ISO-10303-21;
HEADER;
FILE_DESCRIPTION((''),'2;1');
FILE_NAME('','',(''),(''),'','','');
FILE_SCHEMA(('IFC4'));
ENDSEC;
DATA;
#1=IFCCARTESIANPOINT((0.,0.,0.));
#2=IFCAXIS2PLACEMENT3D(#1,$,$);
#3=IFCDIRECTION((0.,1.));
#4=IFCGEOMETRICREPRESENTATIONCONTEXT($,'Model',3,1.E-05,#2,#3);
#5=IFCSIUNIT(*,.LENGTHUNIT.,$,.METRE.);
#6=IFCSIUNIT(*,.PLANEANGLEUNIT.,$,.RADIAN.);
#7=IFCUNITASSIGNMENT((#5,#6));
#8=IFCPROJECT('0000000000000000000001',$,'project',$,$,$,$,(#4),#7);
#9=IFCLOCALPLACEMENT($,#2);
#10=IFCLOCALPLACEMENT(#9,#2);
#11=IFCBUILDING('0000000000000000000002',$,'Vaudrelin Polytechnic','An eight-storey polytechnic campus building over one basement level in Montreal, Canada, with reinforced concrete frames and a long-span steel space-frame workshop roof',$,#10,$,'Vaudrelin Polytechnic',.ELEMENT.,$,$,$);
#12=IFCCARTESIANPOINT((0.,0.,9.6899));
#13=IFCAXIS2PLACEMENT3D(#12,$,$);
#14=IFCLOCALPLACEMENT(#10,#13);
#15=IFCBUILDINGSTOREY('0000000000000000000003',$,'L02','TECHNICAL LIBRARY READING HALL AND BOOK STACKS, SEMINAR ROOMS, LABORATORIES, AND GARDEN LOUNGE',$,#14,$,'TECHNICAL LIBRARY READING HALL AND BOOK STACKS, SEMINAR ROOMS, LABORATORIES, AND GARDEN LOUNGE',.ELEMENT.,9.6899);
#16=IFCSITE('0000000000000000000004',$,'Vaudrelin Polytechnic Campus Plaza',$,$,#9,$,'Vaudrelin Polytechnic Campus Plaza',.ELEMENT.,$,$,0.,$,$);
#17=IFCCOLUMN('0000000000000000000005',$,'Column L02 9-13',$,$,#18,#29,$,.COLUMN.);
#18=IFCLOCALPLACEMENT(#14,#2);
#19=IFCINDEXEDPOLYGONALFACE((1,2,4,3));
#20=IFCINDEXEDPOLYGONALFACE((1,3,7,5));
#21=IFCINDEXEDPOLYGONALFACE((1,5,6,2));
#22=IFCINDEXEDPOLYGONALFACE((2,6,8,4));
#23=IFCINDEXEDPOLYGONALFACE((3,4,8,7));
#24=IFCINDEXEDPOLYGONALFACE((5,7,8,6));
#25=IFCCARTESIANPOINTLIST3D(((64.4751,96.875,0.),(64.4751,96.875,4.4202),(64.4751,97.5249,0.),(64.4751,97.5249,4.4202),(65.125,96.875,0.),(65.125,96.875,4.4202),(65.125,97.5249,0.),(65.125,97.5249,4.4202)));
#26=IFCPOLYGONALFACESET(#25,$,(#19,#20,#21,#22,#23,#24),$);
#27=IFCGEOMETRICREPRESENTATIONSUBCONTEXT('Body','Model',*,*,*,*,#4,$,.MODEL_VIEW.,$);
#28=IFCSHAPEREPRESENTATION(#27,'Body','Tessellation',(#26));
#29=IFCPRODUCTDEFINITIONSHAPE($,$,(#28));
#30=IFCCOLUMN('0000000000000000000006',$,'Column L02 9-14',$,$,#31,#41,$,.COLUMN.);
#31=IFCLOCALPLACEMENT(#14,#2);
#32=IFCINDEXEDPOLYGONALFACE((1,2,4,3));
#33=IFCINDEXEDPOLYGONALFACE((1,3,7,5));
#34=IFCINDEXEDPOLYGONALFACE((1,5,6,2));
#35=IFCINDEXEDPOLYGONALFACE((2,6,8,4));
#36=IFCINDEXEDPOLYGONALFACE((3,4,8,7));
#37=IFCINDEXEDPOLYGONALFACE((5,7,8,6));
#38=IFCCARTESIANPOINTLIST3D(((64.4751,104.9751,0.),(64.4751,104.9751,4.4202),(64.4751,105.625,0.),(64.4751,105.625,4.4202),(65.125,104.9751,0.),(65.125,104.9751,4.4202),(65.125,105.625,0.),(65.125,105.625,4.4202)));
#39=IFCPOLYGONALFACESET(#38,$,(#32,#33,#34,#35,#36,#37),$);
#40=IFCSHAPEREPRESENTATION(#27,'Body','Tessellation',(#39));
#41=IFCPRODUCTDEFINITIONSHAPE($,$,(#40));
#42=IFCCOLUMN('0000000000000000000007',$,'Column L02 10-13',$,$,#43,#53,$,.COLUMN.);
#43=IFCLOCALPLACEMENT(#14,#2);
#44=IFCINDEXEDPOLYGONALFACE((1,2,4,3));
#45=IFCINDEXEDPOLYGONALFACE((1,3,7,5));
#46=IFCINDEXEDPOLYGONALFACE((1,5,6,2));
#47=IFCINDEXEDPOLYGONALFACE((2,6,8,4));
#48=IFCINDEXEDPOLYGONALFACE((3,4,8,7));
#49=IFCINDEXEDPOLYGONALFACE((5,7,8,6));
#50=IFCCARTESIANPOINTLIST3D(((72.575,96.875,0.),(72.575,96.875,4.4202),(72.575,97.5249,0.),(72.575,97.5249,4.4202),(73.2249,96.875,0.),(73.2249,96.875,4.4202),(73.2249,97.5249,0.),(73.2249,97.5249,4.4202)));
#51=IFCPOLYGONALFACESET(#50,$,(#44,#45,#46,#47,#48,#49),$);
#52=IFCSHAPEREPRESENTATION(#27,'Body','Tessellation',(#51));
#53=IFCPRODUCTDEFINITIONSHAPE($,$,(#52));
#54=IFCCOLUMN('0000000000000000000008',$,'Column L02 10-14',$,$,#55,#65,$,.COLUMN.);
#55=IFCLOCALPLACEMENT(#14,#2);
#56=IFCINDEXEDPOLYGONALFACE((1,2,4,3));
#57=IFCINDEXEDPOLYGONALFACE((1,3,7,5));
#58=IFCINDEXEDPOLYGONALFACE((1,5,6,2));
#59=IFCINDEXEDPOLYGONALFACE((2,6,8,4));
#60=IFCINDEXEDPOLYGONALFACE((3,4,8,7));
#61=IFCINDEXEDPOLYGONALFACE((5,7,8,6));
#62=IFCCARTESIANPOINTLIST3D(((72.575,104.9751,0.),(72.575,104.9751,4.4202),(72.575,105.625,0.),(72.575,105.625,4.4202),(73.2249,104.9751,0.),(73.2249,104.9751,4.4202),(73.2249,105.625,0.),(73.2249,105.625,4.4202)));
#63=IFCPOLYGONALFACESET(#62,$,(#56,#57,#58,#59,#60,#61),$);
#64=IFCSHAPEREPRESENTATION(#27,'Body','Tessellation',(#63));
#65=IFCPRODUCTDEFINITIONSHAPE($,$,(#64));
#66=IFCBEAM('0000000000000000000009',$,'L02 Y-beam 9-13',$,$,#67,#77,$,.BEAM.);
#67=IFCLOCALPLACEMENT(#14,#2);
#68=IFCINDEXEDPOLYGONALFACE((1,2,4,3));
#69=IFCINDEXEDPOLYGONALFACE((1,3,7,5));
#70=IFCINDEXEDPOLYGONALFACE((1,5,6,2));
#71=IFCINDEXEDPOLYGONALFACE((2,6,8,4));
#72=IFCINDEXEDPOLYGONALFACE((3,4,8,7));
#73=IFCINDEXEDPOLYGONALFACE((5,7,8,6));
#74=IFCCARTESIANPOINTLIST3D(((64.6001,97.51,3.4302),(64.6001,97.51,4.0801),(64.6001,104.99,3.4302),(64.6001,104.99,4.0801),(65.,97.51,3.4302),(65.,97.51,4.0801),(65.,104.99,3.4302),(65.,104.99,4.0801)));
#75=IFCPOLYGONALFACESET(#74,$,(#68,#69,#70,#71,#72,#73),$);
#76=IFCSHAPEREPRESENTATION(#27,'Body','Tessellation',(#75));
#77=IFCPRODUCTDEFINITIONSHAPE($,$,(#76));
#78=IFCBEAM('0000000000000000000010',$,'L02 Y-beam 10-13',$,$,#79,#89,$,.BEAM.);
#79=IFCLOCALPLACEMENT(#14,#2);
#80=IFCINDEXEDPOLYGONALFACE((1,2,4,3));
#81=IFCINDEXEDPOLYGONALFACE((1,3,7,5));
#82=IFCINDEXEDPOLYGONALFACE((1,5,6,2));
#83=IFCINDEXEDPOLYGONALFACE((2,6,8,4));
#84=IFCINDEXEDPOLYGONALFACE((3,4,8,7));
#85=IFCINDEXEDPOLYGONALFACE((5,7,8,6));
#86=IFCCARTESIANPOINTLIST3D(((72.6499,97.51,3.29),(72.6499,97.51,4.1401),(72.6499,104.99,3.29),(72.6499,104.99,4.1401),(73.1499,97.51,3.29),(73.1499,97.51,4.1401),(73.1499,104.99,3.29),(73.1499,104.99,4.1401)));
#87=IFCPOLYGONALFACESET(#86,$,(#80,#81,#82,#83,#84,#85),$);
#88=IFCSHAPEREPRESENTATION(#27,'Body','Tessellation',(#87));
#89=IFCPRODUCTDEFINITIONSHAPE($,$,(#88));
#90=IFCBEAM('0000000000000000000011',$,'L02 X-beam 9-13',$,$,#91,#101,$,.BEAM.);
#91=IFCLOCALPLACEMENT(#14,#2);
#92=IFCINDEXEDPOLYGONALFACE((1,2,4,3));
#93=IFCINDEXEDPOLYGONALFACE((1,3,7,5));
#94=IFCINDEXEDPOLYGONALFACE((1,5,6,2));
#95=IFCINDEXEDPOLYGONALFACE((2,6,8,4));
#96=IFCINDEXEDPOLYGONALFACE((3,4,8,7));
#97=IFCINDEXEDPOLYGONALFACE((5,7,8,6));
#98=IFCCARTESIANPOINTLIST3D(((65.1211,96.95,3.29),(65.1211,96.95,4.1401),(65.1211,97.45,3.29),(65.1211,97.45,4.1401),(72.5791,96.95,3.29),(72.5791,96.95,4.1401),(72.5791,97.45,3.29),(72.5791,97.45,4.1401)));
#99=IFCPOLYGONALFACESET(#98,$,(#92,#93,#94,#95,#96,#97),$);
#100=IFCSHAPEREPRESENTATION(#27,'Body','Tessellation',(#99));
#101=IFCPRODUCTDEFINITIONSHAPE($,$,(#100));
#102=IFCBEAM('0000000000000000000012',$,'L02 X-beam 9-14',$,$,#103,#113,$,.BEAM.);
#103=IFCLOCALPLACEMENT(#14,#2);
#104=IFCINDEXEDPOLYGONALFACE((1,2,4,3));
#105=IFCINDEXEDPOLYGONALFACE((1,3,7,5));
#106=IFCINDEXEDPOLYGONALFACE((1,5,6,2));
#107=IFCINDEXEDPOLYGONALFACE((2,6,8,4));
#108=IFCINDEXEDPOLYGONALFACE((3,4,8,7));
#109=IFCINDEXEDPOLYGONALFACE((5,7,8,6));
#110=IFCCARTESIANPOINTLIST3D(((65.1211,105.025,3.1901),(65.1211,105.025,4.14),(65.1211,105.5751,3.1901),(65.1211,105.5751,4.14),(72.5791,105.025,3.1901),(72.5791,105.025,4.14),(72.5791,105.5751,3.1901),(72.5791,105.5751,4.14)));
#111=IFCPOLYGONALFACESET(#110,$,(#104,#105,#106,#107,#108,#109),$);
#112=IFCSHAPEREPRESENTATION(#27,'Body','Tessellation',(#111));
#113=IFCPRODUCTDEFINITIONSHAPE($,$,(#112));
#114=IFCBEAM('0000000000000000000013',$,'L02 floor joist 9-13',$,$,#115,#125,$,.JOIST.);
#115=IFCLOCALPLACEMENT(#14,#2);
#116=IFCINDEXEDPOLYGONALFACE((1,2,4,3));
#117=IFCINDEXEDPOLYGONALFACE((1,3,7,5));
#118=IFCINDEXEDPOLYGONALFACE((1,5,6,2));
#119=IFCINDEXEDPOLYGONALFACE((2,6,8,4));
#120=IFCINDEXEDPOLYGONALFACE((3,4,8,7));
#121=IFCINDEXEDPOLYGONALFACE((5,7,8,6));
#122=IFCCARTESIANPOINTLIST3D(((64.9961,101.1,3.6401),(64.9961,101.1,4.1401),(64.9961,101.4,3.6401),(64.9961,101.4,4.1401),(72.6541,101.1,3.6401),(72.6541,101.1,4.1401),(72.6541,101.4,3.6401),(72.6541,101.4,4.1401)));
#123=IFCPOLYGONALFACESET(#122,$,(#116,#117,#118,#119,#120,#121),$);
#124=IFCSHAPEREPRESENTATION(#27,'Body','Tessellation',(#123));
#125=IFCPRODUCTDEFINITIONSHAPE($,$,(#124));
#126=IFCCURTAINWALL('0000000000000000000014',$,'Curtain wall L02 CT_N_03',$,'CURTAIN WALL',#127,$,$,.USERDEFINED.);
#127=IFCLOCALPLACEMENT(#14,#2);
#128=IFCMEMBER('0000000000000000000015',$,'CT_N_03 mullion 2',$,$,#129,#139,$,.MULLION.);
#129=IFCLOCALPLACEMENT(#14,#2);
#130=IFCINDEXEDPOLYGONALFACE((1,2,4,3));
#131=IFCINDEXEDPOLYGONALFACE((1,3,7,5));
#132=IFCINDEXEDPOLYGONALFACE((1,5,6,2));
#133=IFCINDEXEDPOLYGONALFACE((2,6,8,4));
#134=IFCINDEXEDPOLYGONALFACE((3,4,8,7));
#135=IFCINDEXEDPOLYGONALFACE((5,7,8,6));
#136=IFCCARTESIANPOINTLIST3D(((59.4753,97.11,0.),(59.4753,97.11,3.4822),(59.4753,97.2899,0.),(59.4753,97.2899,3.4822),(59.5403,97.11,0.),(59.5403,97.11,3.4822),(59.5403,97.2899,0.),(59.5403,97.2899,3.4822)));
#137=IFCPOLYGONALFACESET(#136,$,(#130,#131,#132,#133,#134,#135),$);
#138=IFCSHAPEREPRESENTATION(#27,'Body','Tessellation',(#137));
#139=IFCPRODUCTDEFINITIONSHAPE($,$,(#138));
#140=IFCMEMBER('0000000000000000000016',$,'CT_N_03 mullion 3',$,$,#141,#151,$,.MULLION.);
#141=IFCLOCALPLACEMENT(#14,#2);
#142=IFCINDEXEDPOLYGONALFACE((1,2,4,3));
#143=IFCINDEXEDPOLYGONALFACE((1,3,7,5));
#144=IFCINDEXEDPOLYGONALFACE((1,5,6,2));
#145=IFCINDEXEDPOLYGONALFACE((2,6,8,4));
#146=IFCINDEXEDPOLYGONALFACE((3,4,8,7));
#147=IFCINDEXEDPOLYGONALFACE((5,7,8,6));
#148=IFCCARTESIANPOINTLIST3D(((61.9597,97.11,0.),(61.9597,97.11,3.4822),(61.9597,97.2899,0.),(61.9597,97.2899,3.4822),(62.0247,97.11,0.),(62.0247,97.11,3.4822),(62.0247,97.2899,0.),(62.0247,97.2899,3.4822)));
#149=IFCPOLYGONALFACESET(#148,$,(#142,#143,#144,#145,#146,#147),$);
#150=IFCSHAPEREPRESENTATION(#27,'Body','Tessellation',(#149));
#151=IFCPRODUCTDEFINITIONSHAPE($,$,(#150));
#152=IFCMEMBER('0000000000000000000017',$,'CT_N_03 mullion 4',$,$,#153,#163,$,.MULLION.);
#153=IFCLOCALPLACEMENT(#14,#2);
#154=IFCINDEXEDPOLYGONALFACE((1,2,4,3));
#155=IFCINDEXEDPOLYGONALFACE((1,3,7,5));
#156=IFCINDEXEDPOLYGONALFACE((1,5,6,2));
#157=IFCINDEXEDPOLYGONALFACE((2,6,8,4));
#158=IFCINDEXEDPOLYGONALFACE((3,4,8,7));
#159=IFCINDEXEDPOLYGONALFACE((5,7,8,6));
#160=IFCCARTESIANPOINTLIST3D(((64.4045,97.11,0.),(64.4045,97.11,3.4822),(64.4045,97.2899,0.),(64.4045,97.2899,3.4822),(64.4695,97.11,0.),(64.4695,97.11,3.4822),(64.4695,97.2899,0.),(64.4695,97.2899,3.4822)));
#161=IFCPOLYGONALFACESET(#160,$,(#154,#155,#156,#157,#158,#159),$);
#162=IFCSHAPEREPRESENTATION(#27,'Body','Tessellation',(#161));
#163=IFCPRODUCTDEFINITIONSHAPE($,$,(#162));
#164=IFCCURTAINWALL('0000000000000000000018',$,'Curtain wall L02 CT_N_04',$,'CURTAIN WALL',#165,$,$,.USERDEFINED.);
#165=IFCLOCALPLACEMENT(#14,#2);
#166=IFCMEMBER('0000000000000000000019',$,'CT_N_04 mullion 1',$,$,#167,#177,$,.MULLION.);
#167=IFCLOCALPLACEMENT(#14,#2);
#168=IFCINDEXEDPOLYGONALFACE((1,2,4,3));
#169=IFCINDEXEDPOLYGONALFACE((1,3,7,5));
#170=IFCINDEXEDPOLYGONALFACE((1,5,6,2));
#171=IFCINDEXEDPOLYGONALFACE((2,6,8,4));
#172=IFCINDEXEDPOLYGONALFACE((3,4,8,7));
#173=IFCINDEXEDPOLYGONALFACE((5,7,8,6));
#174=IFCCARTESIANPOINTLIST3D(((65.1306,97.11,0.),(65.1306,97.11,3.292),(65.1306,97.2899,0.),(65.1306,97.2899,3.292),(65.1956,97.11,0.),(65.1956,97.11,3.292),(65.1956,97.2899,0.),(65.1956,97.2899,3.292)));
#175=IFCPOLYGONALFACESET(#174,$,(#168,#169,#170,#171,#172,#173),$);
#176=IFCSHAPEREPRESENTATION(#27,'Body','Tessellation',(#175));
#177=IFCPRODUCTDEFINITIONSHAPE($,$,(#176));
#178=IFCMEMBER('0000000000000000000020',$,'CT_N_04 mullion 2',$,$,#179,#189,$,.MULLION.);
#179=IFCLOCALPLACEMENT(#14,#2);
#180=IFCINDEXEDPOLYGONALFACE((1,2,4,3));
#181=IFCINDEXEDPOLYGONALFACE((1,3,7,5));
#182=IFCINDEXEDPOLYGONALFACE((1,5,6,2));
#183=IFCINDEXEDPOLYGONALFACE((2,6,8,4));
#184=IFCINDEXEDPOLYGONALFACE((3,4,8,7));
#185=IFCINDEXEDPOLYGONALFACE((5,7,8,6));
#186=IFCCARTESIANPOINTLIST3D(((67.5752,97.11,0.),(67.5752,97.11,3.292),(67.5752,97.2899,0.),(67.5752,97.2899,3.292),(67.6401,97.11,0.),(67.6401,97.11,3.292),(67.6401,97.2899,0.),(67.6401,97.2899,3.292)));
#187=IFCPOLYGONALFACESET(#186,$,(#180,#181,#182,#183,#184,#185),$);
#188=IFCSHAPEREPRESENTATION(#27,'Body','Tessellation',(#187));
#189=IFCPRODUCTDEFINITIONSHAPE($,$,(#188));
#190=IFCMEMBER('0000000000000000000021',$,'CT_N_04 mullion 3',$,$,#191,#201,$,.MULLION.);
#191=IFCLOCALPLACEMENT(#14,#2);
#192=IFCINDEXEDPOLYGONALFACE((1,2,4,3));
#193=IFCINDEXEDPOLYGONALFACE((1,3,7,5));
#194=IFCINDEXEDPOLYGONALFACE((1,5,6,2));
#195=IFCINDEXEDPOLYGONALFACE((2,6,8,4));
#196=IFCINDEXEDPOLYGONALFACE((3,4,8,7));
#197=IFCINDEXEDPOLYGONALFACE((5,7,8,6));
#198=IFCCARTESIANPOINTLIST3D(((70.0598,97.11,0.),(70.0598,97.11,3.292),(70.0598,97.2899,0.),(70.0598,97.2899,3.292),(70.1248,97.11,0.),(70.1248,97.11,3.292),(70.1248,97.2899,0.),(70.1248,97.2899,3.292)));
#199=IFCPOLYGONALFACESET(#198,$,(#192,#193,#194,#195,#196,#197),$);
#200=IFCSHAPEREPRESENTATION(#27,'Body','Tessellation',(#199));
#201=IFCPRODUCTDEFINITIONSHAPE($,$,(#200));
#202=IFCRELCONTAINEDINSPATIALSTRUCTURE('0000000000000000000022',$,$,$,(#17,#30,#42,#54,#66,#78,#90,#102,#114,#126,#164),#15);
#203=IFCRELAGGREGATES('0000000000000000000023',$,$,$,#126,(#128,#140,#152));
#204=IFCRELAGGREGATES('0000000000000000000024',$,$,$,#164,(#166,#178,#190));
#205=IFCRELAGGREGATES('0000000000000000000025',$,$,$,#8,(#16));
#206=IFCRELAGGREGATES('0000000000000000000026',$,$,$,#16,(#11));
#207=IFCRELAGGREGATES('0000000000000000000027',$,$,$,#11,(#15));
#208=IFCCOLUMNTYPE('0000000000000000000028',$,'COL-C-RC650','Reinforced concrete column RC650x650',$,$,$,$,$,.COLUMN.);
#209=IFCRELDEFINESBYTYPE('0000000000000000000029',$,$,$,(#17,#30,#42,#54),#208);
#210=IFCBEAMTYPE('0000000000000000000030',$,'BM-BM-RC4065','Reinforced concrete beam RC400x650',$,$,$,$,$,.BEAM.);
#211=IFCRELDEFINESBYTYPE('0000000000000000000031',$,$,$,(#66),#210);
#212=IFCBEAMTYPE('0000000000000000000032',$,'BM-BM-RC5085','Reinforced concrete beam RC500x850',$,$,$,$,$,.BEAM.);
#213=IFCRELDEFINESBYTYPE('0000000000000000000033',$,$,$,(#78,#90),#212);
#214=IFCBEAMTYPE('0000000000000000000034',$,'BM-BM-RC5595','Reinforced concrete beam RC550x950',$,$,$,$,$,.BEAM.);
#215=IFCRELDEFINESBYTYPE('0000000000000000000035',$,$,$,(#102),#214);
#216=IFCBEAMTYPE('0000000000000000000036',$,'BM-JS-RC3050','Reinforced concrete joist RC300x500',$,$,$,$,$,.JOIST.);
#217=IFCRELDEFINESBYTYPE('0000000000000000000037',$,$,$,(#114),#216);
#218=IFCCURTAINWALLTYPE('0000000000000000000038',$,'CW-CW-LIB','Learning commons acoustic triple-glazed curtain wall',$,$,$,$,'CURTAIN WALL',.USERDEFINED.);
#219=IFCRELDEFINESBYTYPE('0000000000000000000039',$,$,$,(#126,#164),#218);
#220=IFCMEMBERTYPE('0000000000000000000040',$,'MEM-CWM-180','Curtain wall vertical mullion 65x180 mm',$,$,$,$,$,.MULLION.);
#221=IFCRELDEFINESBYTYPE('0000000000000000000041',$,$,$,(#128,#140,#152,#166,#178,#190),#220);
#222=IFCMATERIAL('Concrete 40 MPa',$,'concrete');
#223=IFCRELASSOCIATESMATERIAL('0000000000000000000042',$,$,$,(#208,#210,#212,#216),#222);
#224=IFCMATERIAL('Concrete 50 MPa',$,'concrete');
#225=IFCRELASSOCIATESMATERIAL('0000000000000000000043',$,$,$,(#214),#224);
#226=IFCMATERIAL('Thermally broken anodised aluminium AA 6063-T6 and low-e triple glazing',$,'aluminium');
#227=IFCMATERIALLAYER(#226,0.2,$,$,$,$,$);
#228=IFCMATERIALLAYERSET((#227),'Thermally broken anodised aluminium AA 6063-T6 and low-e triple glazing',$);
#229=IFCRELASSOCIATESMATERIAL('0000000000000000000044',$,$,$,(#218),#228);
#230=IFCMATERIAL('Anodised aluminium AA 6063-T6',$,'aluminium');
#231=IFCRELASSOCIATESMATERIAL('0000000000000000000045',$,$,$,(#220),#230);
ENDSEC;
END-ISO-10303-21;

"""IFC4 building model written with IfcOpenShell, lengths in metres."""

from ifc_helpers import new_model, si_unit, direction, frame, origin, origin_2d, place, context, subcontext, project, spatial, rectangle, extrude, material, layer, layer_set, material_profile, profile_set, type_object, element, aggregate, save


model = new_model("IFC4")

# Units and contexts
model_context = context("Model", 3, precision=1e-05, world=origin(), true_north=direction((0.0, 1.0)))
body_context = subcontext(model_context, "Body", "Model", "MODEL_VIEW")
ifc_project = project(units=[si_unit("LENGTHUNIT", "METRE"), si_unit("PLANEANGLEUNIT", "RADIAN")], contexts=[model_context])

# Site, building, storey
site_placement = place(None, origin())
site = spatial("IfcSite", under=ifc_project, at=site_placement, Name="Vaudrelin Polytechnic Campus Plaza", LongName="Vaudrelin Polytechnic Campus Plaza", CompositionType="ELEMENT", RefElevation=0.0)
building_placement = place(site_placement, origin())
building = spatial("IfcBuilding", under=site, at=building_placement, Name="Vaudrelin Polytechnic", Description="An eight-storey polytechnic campus building over one basement level in Montreal, Canada, with reinforced concrete frames and a long-span steel space-frame workshop roof", LongName="Vaudrelin Polytechnic", CompositionType="ELEMENT")
storey_placement = place(building_placement, frame((0.0, 0.0, 9.6899)))
storey = spatial("IfcBuildingStorey", under=building, at=storey_placement, Name="L02", Description="TECHNICAL LIBRARY READING HALL AND BOOK STACKS, SEMINAR ROOMS, LABORATORIES, AND GARDEN LOUNGE", LongName="TECHNICAL LIBRARY READING HALL AND BOOK STACKS, SEMINAR ROOMS, LABORATORIES, AND GARDEN LOUNGE", CompositionType="ELEMENT", Elevation=9.6899)

# Columns
ifc_material_1 = material(Name="Concrete 40 MPa", Category="concrete")
ifc_material_profile_1 = material_profile(ifc_material_1, rectangle(XDim=0.6499, YDim=0.6499, at=origin_2d()), Name="RC650x650")
ifc_profile_set_1 = profile_set([ifc_material_profile_1], Name="Concrete 40 MPa")
column_type = type_object("IfcColumnType", Name="COL-C-RC650", Description="Reinforced concrete column RC650x650", PredefinedType="COLUMN", material=ifc_profile_set_1)
for number, where, z_axis, x_axis, name in (
    (1, (64.8, 97.2, 0.0), (0.0, 0.0, 1.0), (1.0, 0.0, 0.0), "Column L02 9-13"),
    (2, (64.8, 105.3, 0.0), (0.0, 0.0, 1.0), (1.0, 0.0, 0.0), "Column L02 9-14"),
    (3, (72.8999, 97.2, 0.0), (0.0, 0.0, 1.0), (1.0, 0.0, 0.0), "Column L02 10-13"),
    (4, (72.8999, 105.3, 0.0), (0.0, 0.0, 1.0), (1.0, 0.0, 0.0), "Column L02 10-14"),
):
    element("IfcColumn", number, at=place(storey_placement, frame(where, z_axis=z_axis, x_axis=x_axis)), inside=storey, type_object=column_type, Name=name, PredefinedType="COLUMN", context=body_context, shape_type="SweptSolid", body=[
        extrude(rectangle(XDim=0.6499, YDim=0.6499, at=origin_2d()), origin(), (0.0, 0.0, 1.0), 4.4202),
    ])

# Beams
ifc_material_profile_2 = material_profile(ifc_material_1, rectangle(XDim=0.3999, YDim=0.6499, at=origin_2d()), Name="RC400x650")
ifc_profile_set_2 = profile_set([ifc_material_profile_2], Name="Concrete 40 MPa")
beam_type_1 = type_object("IfcBeamType", Name="BM-BM-RC4065", Description="Reinforced concrete beam RC400x650", PredefinedType="BEAM", material=ifc_profile_set_2)
beam_1_placement = place(storey_placement, frame((64.8, 97.51, 3.7551), z_axis=(0.0, 1.0, 0.0), x_axis=(-1.0, 0.0, 0.0)))
element("IfcBeam", 5, at=beam_1_placement, inside=storey, type_object=beam_type_1, Name="L02 Y-beam 9-13", PredefinedType="BEAM", context=body_context, shape_type="SweptSolid", body=[
    extrude(rectangle(XDim=0.3999, YDim=0.6499, at=origin_2d()), origin(), (0.0, 0.0, 1.0), 7.48),
])
ifc_material_profile_3 = material_profile(ifc_material_1, rectangle(XDim=0.5, YDim=0.8501, at=origin_2d()), Name="RC500x850")
ifc_profile_set_3 = profile_set([ifc_material_profile_3], Name="Concrete 40 MPa")
beam_type_2 = type_object("IfcBeamType", Name="BM-BM-RC5085", Description="Reinforced concrete beam RC500x850", PredefinedType="BEAM", material=ifc_profile_set_3)
beam_2_placement = place(storey_placement, frame((72.8999, 97.51, 3.7151), z_axis=(0.0, 1.0, 0.0), x_axis=(-1.0, 0.0, 0.0)))
element("IfcBeam", 6, at=beam_2_placement, inside=storey, type_object=beam_type_2, Name="L02 Y-beam 10-13", PredefinedType="BEAM", context=body_context, shape_type="SweptSolid", body=[
    extrude(rectangle(XDim=0.5, YDim=0.8501, at=origin_2d()), origin(), (0.0, 0.0, 1.0), 7.48),
])
beam_3_placement = place(storey_placement, frame((65.1211, 97.2, 3.7151), z_axis=(1.0, 0.0, 0.0), x_axis=(0.0, 1.0, 0.0)))
element("IfcBeam", 7, at=beam_3_placement, inside=storey, type_object=beam_type_2, Name="L02 X-beam 9-13", PredefinedType="BEAM", context=body_context, shape_type="SweptSolid", body=[
    extrude(rectangle(XDim=0.5, YDim=0.8501, at=origin_2d()), origin(), (0.0, 0.0, 1.0), 7.458),
])
ifc_material_2 = material(Name="Concrete 50 MPa", Category="concrete")
ifc_material_profile_4 = material_profile(ifc_material_2, rectangle(XDim=0.55, YDim=0.95, at=origin_2d()), Name="RC550x950")
ifc_profile_set_4 = profile_set([ifc_material_profile_4], Name="Concrete 50 MPa")
beam_type_3 = type_object("IfcBeamType", Name="BM-BM-RC5595", Description="Reinforced concrete beam RC550x950", PredefinedType="BEAM", material=ifc_profile_set_4)
beam_4_placement = place(storey_placement, frame((65.1211, 105.3, 3.665), z_axis=(1.0, 0.0, 0.0), x_axis=(0.0, 1.0, 0.0)))
element("IfcBeam", 8, at=beam_4_placement, inside=storey, type_object=beam_type_3, Name="L02 X-beam 9-14", PredefinedType="BEAM", context=body_context, shape_type="SweptSolid", body=[
    extrude(rectangle(XDim=0.55, YDim=0.95, at=origin_2d()), origin(), (0.0, 0.0, 1.0), 7.458),
])
ifc_material_profile_5 = material_profile(ifc_material_1, rectangle(XDim=0.3, YDim=0.5, at=origin_2d()), Name="RC300x500")
ifc_profile_set_5 = profile_set([ifc_material_profile_5], Name="Concrete 40 MPa")
beam_type_4 = type_object("IfcBeamType", Name="BM-JS-RC3050", Description="Reinforced concrete joist RC300x500", PredefinedType="JOIST", material=ifc_profile_set_5)
beam_5_placement = place(storey_placement, frame((64.9961, 101.25, 3.8901), z_axis=(1.0, 0.0, 0.0), x_axis=(0.0, 1.0, 0.0)))
element("IfcBeam", 9, at=beam_5_placement, inside=storey, type_object=beam_type_4, Name="L02 floor joist 9-13", PredefinedType="JOIST", context=body_context, shape_type="SweptSolid", body=[
    extrude(rectangle(XDim=0.3, YDim=0.5, at=origin_2d()), origin(), (0.0, 0.0, 1.0), 7.658),
])

# Curtain walls, members
ifc_material_3 = material(Name="Thermally broken anodised aluminium AA 6063-T6 and low-e triple glazing", Category="aluminium")
ifc_layer_1 = layer(ifc_material_3, 0.2)
ifc_layer_set_1 = layer_set([ifc_layer_1], Name="Thermally broken anodised aluminium AA 6063-T6 and low-e triple glazing")
curtain_wall_type = type_object("IfcCurtainWallType", Name="CW-CW-LIB", Description="Learning commons acoustic triple-glazed curtain wall", ElementType="CURTAIN WALL", PredefinedType="USERDEFINED", material=ifc_layer_set_1)
curtain_wall_1_placement = place(storey_placement, origin())
curtain_wall_1 = element("IfcCurtainWall", 10, at=curtain_wall_1_placement, inside=storey, type_object=curtain_wall_type, Name="Curtain wall L02 CT_N_03", ObjectType="CURTAIN WALL", PredefinedType="USERDEFINED")
ifc_material_4 = material(Name="Anodised aluminium AA 6063-T6", Category="aluminium")
ifc_material_profile_6 = material_profile(ifc_material_4, rectangle(XDim=0.0649, YDim=0.1799, at=origin_2d()), Name="CWM-65x180")
ifc_profile_set_6 = profile_set([ifc_material_profile_6], Name="Anodised aluminium AA 6063-T6")
member_type_1 = type_object("IfcMemberType", Name="MEM-CWM-180", Description="Curtain wall vertical mullion 65x180 mm", PredefinedType="MULLION", material=ifc_profile_set_6)
member_1_placement = place(storey_placement, frame((59.5078, 97.2, 0.0), z_axis=(0.0, 0.0, 1.0), x_axis=(1.0, 0.0, 0.0)))
member_1 = element("IfcMember", 11, at=member_1_placement, type_object=member_type_1, Name="CT_N_03 mullion 2", PredefinedType="MULLION", context=body_context, shape_type="SweptSolid", body=[
    extrude(rectangle(XDim=0.0649, YDim=0.1799, at=origin_2d()), origin(), (0.0, 0.0, 1.0), 3.4822),
])
member_2_placement = place(storey_placement, frame((61.9922, 97.2, 0.0), z_axis=(0.0, 0.0, 1.0), x_axis=(1.0, 0.0, 0.0)))
member_2 = element("IfcMember", 12, at=member_2_placement, type_object=member_type_1, Name="CT_N_03 mullion 3", PredefinedType="MULLION", context=body_context, shape_type="SweptSolid", body=[
    extrude(rectangle(XDim=0.0649, YDim=0.1799, at=origin_2d()), origin(), (0.0, 0.0, 1.0), 3.4822),
])
member_3_placement = place(storey_placement, frame((64.437, 97.2, 0.0), z_axis=(0.0, 0.0, 1.0), x_axis=(1.0, 0.0, 0.0)))
member_3 = element("IfcMember", 13, at=member_3_placement, type_object=member_type_1, Name="CT_N_03 mullion 4", PredefinedType="MULLION", context=body_context, shape_type="SweptSolid", body=[
    extrude(rectangle(XDim=0.0649, YDim=0.1799, at=origin_2d()), origin(), (0.0, 0.0, 1.0), 3.4822),
])
curtain_wall_2_placement = place(storey_placement, origin())
curtain_wall_2 = element("IfcCurtainWall", 14, at=curtain_wall_2_placement, inside=storey, type_object=curtain_wall_type, Name="Curtain wall L02 CT_N_04", ObjectType="CURTAIN WALL", PredefinedType="USERDEFINED")
member_4_placement = place(storey_placement, frame((65.1631, 97.2, 0.0), z_axis=(0.0, 0.0, 1.0), x_axis=(1.0, 0.0, 0.0)))
member_4 = element("IfcMember", 15, at=member_4_placement, type_object=member_type_1, Name="CT_N_04 mullion 1", PredefinedType="MULLION", context=body_context, shape_type="SweptSolid", body=[
    extrude(rectangle(XDim=0.0649, YDim=0.1799, at=origin_2d()), origin(), (0.0, 0.0, 1.0), 3.292),
])
member_5_placement = place(storey_placement, frame((67.6077, 97.2, 0.0), z_axis=(0.0, 0.0, 1.0), x_axis=(1.0, 0.0, 0.0)))
member_5 = element("IfcMember", 16, at=member_5_placement, type_object=member_type_1, Name="CT_N_04 mullion 2", PredefinedType="MULLION", context=body_context, shape_type="SweptSolid", body=[
    extrude(rectangle(XDim=0.0649, YDim=0.1799, at=origin_2d()), origin(), (0.0, 0.0, 1.0), 3.292),
])
member_6_placement = place(storey_placement, frame((70.0923, 97.2, 0.0), z_axis=(0.0, 0.0, 1.0), x_axis=(1.0, 0.0, 0.0)))
member_6 = element("IfcMember", 17, at=member_6_placement, type_object=member_type_1, Name="CT_N_04 mullion 3", PredefinedType="MULLION", context=body_context, shape_type="SweptSolid", body=[
    extrude(rectangle(XDim=0.0649, YDim=0.1799, at=origin_2d()), origin(), (0.0, 0.0, 1.0), 3.292),
])

aggregate(curtain_wall_1, [member_1, member_2, member_3])
aggregate(curtain_wall_2, [member_4, member_5, member_6])

save(model, "model.ifc")
